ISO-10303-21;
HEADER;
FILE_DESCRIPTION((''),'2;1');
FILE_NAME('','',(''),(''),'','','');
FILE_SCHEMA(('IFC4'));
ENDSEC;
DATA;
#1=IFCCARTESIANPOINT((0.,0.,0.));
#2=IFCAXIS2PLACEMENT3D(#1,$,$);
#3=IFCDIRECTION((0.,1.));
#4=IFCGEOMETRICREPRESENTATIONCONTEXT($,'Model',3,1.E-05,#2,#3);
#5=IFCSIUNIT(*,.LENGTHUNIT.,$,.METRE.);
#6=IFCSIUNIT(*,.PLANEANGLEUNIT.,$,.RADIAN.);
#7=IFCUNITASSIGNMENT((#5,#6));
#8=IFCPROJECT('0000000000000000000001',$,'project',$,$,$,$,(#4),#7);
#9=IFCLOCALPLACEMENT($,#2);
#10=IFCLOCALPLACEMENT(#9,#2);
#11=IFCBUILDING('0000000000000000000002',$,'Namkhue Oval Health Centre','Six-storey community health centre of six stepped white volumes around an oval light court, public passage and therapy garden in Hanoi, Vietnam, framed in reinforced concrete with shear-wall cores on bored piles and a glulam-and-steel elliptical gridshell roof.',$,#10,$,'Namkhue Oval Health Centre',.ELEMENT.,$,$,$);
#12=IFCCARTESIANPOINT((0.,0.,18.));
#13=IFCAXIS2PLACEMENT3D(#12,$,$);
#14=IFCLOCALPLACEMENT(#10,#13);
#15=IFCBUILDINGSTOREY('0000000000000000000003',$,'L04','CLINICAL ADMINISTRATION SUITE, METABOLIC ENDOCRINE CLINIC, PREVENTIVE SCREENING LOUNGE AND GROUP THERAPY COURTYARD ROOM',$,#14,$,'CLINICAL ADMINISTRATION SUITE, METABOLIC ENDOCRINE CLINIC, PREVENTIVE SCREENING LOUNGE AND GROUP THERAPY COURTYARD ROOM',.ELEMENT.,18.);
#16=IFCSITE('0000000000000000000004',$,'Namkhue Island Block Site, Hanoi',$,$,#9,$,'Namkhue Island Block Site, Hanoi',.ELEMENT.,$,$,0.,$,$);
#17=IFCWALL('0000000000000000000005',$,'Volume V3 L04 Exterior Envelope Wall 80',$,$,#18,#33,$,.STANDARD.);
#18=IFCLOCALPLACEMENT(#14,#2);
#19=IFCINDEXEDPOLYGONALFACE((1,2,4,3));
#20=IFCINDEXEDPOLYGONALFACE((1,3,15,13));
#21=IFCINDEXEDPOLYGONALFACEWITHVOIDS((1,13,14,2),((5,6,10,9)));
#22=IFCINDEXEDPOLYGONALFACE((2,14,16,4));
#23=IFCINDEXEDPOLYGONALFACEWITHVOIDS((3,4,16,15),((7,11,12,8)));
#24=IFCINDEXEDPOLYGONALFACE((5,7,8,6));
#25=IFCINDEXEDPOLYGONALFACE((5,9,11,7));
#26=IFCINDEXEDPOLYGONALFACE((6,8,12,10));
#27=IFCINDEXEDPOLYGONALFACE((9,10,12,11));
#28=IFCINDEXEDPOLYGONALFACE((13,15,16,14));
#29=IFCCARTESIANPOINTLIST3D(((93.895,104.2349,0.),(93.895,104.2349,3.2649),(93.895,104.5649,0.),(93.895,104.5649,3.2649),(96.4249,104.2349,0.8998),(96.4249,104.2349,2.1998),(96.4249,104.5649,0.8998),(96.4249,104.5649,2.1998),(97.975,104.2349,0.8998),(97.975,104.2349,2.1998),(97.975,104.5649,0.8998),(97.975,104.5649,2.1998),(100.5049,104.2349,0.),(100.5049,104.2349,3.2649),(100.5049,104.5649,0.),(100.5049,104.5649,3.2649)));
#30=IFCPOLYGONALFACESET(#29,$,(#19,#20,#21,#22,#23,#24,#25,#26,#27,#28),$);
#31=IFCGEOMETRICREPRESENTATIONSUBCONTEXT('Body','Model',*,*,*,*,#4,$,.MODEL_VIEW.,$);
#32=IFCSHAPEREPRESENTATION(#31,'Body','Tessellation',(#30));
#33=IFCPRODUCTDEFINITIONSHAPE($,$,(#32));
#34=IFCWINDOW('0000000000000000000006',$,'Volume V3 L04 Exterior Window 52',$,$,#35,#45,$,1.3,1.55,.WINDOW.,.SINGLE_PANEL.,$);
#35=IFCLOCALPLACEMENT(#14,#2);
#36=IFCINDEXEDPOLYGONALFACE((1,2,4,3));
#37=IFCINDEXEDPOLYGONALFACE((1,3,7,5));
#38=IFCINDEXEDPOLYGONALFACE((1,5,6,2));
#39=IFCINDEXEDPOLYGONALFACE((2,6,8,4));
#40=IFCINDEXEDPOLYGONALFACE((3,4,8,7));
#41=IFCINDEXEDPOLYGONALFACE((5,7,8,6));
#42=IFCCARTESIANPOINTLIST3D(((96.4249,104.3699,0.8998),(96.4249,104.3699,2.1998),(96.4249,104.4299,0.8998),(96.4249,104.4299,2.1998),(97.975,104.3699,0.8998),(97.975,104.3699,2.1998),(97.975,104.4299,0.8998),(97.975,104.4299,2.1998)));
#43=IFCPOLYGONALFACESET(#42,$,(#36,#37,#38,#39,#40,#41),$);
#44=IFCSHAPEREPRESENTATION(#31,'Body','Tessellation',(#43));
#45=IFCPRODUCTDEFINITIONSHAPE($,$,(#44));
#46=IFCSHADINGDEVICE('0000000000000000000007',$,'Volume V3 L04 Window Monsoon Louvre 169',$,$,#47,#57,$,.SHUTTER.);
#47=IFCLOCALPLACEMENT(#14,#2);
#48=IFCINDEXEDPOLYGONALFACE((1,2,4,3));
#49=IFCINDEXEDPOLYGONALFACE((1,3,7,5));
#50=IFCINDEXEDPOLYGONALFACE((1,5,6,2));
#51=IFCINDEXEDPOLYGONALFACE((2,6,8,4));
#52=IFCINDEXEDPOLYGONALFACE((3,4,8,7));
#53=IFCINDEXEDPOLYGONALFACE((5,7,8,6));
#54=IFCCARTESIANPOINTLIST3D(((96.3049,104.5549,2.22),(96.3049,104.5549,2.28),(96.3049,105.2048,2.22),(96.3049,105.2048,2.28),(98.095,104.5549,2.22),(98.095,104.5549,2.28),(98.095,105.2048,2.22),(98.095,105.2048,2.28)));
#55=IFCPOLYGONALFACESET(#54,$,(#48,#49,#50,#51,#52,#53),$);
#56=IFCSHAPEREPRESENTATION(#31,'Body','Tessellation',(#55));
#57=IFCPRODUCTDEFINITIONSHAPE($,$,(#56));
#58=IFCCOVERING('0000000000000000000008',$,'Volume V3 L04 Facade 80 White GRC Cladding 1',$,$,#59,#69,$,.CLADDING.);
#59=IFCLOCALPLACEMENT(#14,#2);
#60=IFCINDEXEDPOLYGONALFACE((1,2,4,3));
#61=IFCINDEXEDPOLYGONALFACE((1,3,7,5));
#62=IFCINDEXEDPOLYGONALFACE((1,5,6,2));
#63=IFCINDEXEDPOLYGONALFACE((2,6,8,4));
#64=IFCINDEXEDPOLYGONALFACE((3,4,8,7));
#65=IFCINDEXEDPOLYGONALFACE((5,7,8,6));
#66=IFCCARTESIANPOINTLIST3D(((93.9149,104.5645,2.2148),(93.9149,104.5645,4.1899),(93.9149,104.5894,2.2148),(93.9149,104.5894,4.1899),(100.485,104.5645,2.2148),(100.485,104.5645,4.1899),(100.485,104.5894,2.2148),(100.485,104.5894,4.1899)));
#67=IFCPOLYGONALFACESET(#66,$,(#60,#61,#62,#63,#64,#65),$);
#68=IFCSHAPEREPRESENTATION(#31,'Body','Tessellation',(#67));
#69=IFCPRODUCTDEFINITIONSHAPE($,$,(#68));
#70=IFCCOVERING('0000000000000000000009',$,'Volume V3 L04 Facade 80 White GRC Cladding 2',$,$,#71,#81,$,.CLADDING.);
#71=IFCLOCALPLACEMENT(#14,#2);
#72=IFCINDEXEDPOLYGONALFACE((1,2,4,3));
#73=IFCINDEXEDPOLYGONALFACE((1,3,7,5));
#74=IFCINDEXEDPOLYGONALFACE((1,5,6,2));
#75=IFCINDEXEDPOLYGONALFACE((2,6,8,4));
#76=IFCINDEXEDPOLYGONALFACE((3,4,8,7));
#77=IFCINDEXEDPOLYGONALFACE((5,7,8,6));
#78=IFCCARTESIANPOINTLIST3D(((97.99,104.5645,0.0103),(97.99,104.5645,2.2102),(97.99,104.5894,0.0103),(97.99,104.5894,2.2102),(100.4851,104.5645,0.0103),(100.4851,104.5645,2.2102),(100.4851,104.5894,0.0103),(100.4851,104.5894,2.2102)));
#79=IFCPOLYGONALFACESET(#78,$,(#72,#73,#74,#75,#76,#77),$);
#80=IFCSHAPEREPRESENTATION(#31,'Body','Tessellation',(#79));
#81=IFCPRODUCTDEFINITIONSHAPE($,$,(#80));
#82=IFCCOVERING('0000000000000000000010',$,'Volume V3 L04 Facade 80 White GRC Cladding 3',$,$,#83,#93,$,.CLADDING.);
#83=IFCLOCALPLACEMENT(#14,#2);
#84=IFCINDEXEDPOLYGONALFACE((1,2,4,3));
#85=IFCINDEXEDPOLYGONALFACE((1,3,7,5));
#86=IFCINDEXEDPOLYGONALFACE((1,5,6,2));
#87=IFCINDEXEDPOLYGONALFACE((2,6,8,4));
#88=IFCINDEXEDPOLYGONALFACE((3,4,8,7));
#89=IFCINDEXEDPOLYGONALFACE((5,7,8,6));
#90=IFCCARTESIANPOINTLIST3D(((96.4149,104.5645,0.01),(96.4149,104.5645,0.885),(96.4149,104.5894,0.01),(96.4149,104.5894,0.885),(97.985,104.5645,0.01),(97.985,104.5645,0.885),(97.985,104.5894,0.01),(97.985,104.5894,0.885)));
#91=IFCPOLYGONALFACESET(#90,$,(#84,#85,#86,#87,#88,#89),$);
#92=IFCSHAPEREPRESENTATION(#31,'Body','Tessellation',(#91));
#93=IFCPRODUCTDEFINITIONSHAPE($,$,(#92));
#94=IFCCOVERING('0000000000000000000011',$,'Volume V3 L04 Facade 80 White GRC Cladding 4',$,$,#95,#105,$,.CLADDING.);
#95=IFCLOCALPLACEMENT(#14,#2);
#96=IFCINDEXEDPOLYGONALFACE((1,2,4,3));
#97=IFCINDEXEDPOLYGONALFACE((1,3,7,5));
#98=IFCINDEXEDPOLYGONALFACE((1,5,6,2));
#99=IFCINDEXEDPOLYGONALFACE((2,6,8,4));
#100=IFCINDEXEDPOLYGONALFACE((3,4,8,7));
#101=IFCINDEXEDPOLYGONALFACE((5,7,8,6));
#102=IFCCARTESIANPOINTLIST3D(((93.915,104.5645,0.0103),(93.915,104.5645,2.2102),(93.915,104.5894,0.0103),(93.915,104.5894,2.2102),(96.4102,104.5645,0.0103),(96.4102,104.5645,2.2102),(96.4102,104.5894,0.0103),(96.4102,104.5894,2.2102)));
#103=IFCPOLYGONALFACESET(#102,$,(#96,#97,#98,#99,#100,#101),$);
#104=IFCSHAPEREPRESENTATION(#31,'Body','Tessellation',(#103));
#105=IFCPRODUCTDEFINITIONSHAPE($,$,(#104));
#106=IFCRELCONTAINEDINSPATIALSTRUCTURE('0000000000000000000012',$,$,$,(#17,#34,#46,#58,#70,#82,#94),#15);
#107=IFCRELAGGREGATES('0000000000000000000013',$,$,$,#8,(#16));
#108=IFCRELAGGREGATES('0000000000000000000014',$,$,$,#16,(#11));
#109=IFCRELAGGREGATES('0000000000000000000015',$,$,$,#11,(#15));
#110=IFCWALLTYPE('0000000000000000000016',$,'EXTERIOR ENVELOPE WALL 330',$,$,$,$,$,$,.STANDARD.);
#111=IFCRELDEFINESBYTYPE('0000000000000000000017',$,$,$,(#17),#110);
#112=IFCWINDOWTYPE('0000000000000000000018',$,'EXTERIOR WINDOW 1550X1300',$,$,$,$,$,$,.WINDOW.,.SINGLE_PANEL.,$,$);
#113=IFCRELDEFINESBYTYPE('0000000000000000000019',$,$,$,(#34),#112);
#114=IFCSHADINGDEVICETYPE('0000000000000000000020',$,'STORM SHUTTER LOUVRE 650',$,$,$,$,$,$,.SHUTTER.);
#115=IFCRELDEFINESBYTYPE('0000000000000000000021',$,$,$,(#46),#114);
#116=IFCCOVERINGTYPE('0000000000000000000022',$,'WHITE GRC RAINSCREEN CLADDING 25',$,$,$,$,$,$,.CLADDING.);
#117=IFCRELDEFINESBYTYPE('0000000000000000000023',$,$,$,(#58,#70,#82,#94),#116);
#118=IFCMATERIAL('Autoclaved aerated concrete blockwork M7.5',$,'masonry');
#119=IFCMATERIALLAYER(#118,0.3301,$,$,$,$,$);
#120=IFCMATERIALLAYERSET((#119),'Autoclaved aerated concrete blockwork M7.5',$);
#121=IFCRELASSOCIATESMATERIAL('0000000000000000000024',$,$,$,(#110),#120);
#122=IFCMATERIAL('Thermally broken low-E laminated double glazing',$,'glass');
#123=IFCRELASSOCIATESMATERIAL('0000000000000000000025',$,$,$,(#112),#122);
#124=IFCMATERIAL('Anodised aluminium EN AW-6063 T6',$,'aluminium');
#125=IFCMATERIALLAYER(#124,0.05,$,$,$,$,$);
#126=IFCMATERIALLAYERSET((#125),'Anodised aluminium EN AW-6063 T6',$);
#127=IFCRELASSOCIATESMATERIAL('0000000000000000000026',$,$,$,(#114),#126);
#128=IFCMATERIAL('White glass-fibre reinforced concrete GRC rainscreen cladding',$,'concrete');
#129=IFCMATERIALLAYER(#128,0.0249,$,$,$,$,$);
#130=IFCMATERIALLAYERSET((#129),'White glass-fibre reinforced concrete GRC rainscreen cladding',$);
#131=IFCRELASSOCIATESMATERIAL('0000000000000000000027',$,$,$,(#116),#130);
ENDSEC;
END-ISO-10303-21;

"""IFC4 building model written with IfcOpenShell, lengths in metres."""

from ifc_helpers import new_model, si_unit, direction, frame, frame_2d, origin, origin_2d, place, context, subcontext, project, spatial, rectangle, extrude, material, layer, layer_set, type_object, element, fill, save


model = new_model("IFC4")

# Units and contexts
model_context = context("Model", 3, precision=1e-05, world=origin(), true_north=direction((0.0, 1.0)))
body_context = subcontext(model_context, "Body", "Model", "MODEL_VIEW")
ifc_project = project(units=[si_unit("LENGTHUNIT", "METRE"), si_unit("PLANEANGLEUNIT", "RADIAN")], contexts=[model_context])

# Site, building, storey
site_placement = place(None, origin())
site = spatial("IfcSite", under=ifc_project, at=site_placement, Name="Namkhue Island Block Site, Hanoi", LongName="Namkhue Island Block Site, Hanoi", CompositionType="ELEMENT", RefElevation=0.0)
building_placement = place(site_placement, origin())
building = spatial("IfcBuilding", under=site, at=building_placement, Name="Namkhue Oval Health Centre", Description="Six-storey community health centre of six stepped white volumes around an oval light court, public passage and therapy garden in Hanoi, Vietnam, framed in reinforced concrete with shear-wall cores on bored piles and a glulam-and-steel elliptical gridshell roof.", LongName="Namkhue Oval Health Centre", CompositionType="ELEMENT")
storey_placement = place(building_placement, frame((0.0, 0.0, 18.0)))
storey = spatial("IfcBuildingStorey", under=building, at=storey_placement, Name="L04", Description="CLINICAL ADMINISTRATION SUITE, METABOLIC ENDOCRINE CLINIC, PREVENTIVE SCREENING LOUNGE AND GROUP THERAPY COURTYARD ROOM", LongName="CLINICAL ADMINISTRATION SUITE, METABOLIC ENDOCRINE CLINIC, PREVENTIVE SCREENING LOUNGE AND GROUP THERAPY COURTYARD ROOM", CompositionType="ELEMENT", Elevation=18.0)

# Shared definitions
ifc_material_1 = material(Name="Anodised aluminium EN AW-6063 T6", Category="aluminium")

# Wall, opening, window
ifc_material_2 = material(Name="Autoclaved aerated concrete blockwork M7.5", Category="masonry")
ifc_layer_1 = layer(ifc_material_2, 0.3301)
ifc_layer_set_1 = layer_set([ifc_layer_1], Name="Autoclaved aerated concrete blockwork M7.5")
wall_type = type_object("IfcWallType", Name="EXTERIOR ENVELOPE WALL 330", PredefinedType="STANDARD", material=ifc_layer_set_1)
wall_placement = place(storey_placement, frame((100.5049, 104.3999, 0.0), z_axis=(0.0, 0.0, 1.0), x_axis=(-1.0, 0.0, 0.0)))
wall = element("IfcWall", 1, at=wall_placement, inside=storey, type_object=wall_type, Name="Volume V3 L04 Exterior Envelope Wall 80", PredefinedType="STANDARD", context=body_context, shape_type="SweptSolid", body=[
    extrude(rectangle(XDim=6.6099, YDim=0.3301, at=frame_2d((3.3049, 0.0))), origin(), (0.0, 0.0, 1.0), 3.2649),
])
opening_placement = place(wall_placement, frame((2.53, 0.0, 0.8999)))
opening = element("IfcOpeningElement", 2, at=opening_placement, cuts=wall, PredefinedType="OPENING", context=body_context, shape_type="SweptSolid", body=[
    extrude(rectangle(XDim=1.55, YDim=1.3, at=frame_2d((0.7749, 0.6499))), frame((0.0, 0.175, 0.0), z_axis=(0.0, -1.0, 0.0), x_axis=(1.0, 0.0, 0.0)), (0.0, 0.0, 1.0), 0.3501),
])
ifc_material_3 = material(Name="Thermally broken low-E laminated double glazing", Category="glass")
window_type = type_object("IfcWindowType", Name="EXTERIOR WINDOW 1550X1300", PartitioningType="SINGLE_PANEL", PredefinedType="WINDOW", material=ifc_material_3)
window_placement = place(opening_placement, origin())
window = element("IfcWindow", 3, at=window_placement, inside=storey, type_object=window_type, Name="Volume V3 L04 Exterior Window 52", OverallHeight=1.3, OverallWidth=1.55, PartitioningType="SINGLE_PANEL", PredefinedType="WINDOW", context=body_context, shape_type="SweptSolid", body=[
    extrude(rectangle(XDim=1.55, YDim=1.3, at=frame_2d((0.7749, 0.6499))), frame((0.0, 0.03, 0.0), z_axis=(0.0, -1.0, 0.0), x_axis=(1.0, 0.0, 0.0)), (0.0, 0.0, 1.0), 0.0601),
])
fill(opening, window)

# Shading device
ifc_layer_2 = layer(ifc_material_1, 0.05)
ifc_layer_set_2 = layer_set([ifc_layer_2], Name="Anodised aluminium EN AW-6063 T6")
shading_device_type = type_object("IfcShadingDeviceType", Name="STORM SHUTTER LOUVRE 650", PredefinedType="SHUTTER", material=ifc_layer_set_2)
shading_device_placement = place(storey_placement, frame((97.2, 104.8799, 2.22), z_axis=(0.0, 0.0, 1.0), x_axis=(-1.0, 0.0, 0.0)))
element("IfcShadingDevice", 4, at=shading_device_placement, inside=storey, type_object=shading_device_type, Name="Volume V3 L04 Window Monsoon Louvre 169", PredefinedType="SHUTTER", context=body_context, shape_type="SweptSolid", body=[
    extrude(rectangle(XDim=1.79, YDim=0.6499, at=origin_2d()), origin(), (0.0, 0.0, 1.0), 0.0601),
])

# Coverings
ifc_material_4 = material(Name="White glass-fibre reinforced concrete GRC rainscreen cladding", Category="concrete")
ifc_layer_3 = layer(ifc_material_4, 0.0249)
ifc_layer_set_3 = layer_set([ifc_layer_3], Name="White glass-fibre reinforced concrete GRC rainscreen cladding")
covering_type = type_object("IfcCoveringType", Name="WHITE GRC RAINSCREEN CLADDING 25", PredefinedType="CLADDING", material=ifc_layer_set_3)
covering_1_placement = place(storey_placement, frame((97.2, 104.5769, 2.2148), z_axis=(0.0, 0.0, 1.0), x_axis=(-1.0, 0.0, 0.0)))
element("IfcCovering", 5, at=covering_1_placement, inside=storey, type_object=covering_type, Name="Volume V3 L04 Facade 80 White GRC Cladding 1", PredefinedType="CLADDING", context=body_context, shape_type="SweptSolid", body=[
    extrude(rectangle(XDim=6.5701, YDim=0.0249, at=origin_2d()), origin(), (0.0, 0.0, 1.0), 1.9751),
])
covering_2_placement = place(storey_placement, frame((99.2375, 104.5769, 0.0103), z_axis=(0.0, 0.0, 1.0), x_axis=(-1.0, 0.0, 0.0)))
element("IfcCovering", 6, at=covering_2_placement, inside=storey, type_object=covering_type, Name="Volume V3 L04 Facade 80 White GRC Cladding 2", PredefinedType="CLADDING", context=body_context, shape_type="SweptSolid", body=[
    extrude(rectangle(XDim=2.4951, YDim=0.0249, at=origin_2d()), origin(), (0.0, 0.0, 1.0), 2.2),
])
covering_3_placement = place(storey_placement, frame((97.2, 104.5769, 0.01), z_axis=(0.0, 0.0, 1.0), x_axis=(-1.0, 0.0, 0.0)))
element("IfcCovering", 7, at=covering_3_placement, inside=storey, type_object=covering_type, Name="Volume V3 L04 Facade 80 White GRC Cladding 3", PredefinedType="CLADDING", context=body_context, shape_type="SweptSolid", body=[
    extrude(rectangle(XDim=1.5701, YDim=0.0249, at=origin_2d()), origin(), (0.0, 0.0, 1.0), 0.875),
])
covering_4_placement = place(storey_placement, frame((95.1626, 104.5769, 0.0103), z_axis=(0.0, 0.0, 1.0), x_axis=(-1.0, 0.0, 0.0)))
element("IfcCovering", 8, at=covering_4_placement, inside=storey, type_object=covering_type, Name="Volume V3 L04 Facade 80 White GRC Cladding 4", PredefinedType="CLADDING", context=body_context, shape_type="SweptSolid", body=[
    extrude(rectangle(XDim=2.4951, YDim=0.0249, at=origin_2d()), origin(), (0.0, 0.0, 1.0), 2.2),
])

save(model, "model.ifc")
